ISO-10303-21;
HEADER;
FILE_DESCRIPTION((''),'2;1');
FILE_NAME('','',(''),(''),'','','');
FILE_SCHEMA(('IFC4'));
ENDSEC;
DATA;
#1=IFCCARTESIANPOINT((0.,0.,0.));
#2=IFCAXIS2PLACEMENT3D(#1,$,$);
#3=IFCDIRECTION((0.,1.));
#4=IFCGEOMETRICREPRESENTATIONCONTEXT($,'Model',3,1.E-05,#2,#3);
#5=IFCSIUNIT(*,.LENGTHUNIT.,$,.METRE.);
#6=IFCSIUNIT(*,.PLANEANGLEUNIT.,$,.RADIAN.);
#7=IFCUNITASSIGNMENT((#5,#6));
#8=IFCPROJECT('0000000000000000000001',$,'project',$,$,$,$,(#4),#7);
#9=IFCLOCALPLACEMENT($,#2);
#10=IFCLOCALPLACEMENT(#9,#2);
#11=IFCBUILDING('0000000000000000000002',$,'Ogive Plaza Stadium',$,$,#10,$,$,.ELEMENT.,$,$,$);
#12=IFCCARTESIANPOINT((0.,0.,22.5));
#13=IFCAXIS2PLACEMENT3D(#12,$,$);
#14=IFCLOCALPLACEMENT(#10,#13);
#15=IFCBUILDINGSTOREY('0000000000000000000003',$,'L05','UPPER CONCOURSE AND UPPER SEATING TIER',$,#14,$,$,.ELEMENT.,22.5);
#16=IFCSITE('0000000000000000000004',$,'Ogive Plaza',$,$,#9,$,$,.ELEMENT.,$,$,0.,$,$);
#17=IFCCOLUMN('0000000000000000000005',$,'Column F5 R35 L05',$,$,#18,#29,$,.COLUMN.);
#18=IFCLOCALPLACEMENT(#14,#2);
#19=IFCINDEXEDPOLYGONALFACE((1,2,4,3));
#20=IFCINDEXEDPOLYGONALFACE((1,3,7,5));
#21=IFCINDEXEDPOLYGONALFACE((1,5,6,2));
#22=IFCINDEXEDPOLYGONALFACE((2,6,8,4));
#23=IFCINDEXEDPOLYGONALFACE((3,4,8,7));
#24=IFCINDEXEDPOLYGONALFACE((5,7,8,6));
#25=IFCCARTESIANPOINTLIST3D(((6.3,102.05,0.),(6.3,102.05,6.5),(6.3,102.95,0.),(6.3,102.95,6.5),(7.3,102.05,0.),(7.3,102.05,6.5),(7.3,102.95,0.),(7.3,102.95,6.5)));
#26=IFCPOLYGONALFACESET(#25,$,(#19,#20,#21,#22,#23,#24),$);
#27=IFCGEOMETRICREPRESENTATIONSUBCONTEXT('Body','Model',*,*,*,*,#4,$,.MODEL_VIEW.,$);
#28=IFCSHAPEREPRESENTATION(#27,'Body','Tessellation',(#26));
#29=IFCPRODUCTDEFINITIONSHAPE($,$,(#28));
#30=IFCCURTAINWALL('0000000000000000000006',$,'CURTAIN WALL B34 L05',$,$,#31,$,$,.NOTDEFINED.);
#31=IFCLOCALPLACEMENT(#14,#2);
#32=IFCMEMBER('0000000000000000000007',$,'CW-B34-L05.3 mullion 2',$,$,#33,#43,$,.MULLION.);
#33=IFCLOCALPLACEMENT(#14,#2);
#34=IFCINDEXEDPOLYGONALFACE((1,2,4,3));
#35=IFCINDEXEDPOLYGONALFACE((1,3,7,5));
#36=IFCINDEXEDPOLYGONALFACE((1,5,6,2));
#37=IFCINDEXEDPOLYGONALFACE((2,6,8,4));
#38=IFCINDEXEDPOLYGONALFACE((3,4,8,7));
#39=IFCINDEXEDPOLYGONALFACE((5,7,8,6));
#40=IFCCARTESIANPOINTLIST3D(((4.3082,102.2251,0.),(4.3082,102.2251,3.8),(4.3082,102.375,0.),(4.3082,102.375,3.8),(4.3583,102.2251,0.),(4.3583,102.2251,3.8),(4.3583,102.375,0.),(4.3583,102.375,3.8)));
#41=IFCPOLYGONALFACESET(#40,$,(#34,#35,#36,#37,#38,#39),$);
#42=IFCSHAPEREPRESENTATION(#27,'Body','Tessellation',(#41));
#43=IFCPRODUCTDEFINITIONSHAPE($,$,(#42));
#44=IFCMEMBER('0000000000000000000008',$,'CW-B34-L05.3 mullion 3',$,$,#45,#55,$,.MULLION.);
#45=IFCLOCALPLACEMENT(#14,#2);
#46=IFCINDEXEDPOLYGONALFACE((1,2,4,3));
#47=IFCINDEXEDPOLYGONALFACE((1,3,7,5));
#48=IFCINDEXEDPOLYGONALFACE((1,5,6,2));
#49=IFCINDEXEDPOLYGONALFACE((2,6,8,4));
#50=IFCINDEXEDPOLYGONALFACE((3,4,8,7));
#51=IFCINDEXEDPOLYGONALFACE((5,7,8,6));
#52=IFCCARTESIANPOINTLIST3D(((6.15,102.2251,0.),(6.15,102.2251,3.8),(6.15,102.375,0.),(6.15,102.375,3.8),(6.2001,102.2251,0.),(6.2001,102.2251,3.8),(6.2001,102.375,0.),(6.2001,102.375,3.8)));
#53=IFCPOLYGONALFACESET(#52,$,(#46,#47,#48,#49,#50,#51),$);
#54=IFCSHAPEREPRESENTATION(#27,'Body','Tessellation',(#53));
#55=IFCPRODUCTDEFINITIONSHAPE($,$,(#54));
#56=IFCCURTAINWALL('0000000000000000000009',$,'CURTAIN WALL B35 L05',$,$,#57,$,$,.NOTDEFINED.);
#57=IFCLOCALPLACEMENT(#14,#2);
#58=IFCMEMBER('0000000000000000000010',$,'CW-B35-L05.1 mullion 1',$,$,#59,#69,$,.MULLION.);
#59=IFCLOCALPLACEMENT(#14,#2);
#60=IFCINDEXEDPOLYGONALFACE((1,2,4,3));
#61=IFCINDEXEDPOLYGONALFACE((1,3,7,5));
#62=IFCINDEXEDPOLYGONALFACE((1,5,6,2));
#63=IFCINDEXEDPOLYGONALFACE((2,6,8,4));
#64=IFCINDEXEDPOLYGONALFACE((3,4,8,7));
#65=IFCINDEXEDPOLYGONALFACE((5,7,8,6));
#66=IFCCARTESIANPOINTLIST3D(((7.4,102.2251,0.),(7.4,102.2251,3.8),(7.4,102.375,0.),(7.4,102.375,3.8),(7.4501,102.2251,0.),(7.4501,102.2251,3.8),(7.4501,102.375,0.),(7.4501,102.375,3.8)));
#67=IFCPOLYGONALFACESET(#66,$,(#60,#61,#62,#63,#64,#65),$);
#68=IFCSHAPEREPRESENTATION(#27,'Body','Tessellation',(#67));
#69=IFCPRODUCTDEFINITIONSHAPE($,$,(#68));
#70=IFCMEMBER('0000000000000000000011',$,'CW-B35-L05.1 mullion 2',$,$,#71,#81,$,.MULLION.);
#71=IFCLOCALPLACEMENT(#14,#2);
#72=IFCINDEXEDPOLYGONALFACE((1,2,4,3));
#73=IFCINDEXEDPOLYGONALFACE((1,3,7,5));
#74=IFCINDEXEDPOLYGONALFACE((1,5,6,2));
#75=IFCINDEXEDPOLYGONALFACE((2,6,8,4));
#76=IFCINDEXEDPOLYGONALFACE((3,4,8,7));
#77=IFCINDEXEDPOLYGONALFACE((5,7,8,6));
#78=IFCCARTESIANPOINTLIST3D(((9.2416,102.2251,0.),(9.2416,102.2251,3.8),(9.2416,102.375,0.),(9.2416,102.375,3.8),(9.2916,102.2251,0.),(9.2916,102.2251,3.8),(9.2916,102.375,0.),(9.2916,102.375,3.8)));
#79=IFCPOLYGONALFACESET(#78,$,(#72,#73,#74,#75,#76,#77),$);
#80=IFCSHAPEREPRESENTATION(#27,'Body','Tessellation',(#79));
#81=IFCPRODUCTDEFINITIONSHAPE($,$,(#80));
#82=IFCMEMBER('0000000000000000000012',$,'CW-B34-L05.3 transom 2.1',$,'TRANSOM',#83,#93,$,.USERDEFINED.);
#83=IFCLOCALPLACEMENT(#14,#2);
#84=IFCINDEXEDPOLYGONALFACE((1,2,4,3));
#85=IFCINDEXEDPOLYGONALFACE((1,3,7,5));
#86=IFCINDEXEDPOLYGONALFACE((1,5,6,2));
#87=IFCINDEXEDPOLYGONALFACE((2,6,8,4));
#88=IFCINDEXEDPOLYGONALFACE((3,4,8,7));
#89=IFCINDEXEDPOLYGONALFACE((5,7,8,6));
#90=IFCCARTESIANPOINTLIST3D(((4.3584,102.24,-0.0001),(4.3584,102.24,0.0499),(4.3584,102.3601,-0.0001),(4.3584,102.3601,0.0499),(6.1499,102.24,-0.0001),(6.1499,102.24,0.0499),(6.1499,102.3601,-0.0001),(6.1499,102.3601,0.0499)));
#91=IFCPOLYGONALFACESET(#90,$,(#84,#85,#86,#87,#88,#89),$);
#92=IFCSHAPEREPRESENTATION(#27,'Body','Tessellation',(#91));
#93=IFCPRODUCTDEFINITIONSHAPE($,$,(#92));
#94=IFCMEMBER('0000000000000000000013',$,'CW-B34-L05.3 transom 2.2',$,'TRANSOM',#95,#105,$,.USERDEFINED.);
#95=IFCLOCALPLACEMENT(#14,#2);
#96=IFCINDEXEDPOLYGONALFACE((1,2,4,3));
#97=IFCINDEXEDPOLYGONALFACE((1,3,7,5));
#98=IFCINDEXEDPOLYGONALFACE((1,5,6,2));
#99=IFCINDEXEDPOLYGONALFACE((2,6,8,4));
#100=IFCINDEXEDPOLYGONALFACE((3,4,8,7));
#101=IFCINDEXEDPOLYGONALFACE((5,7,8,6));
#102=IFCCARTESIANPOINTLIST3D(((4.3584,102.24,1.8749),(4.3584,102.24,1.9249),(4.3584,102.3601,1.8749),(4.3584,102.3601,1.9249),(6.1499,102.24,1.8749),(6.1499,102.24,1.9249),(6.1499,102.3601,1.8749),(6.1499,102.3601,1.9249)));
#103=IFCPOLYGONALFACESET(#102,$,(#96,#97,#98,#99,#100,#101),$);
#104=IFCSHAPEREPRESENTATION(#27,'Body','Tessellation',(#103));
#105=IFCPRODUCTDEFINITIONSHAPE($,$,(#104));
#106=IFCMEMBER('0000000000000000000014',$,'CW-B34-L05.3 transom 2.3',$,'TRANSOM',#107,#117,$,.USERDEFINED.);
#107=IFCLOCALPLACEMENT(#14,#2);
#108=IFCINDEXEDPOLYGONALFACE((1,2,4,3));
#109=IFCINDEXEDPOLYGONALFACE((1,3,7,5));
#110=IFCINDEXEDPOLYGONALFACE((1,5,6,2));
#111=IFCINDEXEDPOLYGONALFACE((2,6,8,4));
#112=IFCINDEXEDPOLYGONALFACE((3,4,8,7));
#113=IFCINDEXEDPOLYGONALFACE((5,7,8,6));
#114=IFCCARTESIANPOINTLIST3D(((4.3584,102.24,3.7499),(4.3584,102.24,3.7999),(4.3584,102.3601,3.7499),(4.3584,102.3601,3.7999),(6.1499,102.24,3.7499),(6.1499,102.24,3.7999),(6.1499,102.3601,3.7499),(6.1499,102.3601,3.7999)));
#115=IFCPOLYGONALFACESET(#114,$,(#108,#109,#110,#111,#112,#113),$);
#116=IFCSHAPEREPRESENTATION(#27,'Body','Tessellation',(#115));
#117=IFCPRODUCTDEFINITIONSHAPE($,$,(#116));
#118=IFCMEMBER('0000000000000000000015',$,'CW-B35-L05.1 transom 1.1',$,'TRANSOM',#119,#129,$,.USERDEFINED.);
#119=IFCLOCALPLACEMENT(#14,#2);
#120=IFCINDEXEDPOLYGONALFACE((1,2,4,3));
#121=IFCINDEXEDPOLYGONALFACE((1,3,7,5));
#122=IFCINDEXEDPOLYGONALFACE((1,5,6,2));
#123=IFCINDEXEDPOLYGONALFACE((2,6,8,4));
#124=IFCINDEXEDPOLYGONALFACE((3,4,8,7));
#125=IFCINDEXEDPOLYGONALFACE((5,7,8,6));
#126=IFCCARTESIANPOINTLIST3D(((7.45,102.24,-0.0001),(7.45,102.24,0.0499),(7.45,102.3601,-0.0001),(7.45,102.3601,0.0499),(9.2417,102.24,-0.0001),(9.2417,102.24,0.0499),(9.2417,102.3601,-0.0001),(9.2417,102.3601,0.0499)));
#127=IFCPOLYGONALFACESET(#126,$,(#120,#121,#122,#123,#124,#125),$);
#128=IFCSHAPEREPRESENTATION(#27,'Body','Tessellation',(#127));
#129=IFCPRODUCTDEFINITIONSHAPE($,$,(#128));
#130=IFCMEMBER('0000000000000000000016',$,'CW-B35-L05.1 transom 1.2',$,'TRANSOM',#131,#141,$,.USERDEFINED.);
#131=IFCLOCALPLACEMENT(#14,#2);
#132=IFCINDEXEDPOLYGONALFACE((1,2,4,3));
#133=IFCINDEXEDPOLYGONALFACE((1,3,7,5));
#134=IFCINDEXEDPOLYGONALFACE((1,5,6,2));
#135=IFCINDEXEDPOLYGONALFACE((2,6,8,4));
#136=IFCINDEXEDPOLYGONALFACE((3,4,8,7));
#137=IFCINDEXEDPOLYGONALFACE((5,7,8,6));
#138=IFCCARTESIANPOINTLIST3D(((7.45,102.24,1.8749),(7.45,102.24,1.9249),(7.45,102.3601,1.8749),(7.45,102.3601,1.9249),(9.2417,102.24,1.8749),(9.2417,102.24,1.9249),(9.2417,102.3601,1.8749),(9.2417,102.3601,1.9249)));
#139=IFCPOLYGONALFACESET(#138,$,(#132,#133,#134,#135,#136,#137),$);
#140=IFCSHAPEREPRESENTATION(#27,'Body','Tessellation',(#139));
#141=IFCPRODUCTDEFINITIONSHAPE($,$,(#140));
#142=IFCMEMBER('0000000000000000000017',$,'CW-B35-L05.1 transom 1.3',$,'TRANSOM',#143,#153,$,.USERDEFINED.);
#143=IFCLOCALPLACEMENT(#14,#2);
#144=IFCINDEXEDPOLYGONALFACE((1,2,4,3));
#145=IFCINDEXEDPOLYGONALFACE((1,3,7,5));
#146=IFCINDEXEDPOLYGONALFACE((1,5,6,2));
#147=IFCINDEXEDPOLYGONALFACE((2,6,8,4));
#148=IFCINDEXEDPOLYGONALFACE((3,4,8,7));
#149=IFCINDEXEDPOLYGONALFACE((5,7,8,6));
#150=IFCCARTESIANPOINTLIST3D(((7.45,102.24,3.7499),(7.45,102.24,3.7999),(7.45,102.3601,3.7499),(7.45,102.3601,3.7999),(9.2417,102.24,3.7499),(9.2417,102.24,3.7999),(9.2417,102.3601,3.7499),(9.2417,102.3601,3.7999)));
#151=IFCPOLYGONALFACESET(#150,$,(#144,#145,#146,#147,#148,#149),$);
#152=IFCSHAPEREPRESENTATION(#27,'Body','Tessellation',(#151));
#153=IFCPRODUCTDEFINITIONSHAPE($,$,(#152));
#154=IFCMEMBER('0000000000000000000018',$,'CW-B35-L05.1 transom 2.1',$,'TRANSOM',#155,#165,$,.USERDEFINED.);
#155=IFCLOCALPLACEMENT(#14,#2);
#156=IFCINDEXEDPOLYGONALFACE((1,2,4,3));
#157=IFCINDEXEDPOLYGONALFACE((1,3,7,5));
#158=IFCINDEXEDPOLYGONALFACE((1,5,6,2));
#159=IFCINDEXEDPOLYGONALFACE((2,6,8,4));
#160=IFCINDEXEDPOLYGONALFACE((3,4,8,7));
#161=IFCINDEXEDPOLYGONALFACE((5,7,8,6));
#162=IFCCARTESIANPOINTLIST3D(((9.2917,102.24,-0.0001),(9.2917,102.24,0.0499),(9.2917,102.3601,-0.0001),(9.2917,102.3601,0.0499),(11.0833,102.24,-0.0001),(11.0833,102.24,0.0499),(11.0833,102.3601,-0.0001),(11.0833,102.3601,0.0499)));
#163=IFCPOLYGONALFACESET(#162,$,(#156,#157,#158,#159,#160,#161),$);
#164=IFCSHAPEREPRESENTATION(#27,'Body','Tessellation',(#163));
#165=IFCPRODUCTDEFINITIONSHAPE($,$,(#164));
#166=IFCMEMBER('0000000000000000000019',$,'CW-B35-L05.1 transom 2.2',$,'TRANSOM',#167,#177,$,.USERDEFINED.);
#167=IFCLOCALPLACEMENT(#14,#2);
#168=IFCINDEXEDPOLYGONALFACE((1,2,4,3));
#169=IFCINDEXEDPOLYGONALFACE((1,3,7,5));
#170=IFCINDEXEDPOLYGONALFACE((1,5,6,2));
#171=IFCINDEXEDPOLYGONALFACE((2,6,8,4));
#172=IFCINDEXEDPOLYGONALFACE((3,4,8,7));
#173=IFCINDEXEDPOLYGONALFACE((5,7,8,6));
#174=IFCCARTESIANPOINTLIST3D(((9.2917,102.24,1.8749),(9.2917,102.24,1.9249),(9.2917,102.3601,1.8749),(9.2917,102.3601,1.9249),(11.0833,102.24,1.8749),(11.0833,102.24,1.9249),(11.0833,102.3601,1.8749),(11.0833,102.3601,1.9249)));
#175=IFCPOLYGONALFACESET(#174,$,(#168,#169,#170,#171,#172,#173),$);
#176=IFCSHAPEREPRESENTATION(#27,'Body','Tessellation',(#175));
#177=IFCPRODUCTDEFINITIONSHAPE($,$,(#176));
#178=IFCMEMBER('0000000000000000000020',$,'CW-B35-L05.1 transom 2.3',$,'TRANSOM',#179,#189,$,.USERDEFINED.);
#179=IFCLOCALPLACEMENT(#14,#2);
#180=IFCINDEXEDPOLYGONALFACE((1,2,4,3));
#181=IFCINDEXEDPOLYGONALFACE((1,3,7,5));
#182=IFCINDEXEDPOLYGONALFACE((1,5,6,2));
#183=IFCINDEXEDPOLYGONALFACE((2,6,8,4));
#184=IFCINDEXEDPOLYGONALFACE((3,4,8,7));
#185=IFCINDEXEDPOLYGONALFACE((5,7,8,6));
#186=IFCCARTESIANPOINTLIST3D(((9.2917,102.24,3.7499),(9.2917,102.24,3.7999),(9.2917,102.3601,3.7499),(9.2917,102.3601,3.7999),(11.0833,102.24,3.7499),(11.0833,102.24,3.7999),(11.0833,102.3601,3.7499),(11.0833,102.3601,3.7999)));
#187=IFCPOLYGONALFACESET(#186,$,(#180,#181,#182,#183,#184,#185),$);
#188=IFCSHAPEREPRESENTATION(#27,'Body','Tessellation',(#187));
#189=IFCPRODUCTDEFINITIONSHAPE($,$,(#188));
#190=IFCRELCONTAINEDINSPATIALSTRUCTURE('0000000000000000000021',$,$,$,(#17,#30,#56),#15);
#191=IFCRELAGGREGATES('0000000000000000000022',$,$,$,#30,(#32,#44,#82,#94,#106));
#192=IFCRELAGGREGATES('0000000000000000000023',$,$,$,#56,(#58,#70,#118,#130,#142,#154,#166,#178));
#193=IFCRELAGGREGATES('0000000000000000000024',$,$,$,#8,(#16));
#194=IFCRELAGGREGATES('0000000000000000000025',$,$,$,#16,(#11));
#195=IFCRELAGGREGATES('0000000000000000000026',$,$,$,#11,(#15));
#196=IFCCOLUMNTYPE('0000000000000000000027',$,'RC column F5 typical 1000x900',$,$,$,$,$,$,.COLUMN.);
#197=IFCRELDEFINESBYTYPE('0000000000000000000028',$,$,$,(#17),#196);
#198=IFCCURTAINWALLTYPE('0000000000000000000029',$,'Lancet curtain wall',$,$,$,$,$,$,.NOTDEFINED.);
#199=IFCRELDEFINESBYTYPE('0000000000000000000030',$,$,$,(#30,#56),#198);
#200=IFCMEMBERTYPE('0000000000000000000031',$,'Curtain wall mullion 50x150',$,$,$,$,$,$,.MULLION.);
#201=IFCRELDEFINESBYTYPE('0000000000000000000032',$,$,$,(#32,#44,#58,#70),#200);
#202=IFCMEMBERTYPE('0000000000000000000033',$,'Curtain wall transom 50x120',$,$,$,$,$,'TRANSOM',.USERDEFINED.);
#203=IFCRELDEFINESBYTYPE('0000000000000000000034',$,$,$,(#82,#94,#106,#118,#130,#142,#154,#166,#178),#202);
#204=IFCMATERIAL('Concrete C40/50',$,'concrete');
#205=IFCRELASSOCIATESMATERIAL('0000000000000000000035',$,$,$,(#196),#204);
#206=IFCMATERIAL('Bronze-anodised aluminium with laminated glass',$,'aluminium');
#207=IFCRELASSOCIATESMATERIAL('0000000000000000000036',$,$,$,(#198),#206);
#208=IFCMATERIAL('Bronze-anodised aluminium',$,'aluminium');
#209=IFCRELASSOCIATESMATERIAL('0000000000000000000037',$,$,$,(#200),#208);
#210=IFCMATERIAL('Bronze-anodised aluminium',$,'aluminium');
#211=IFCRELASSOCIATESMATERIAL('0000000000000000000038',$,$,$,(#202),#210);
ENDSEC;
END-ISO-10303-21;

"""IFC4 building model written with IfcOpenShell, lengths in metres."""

from ifc_helpers import new_model, si_unit, direction, frame, origin, origin_2d, place, context, subcontext, project, spatial, rectangle, extrude, material, material_profile, profile_set, type_object, element, aggregate, save


model = new_model("IFC4")

# Units and contexts
model_context = context("Model", 3, precision=1e-05, world=origin(), true_north=direction((0.0, 1.0)))
body_context = subcontext(model_context, "Body", "Model", "MODEL_VIEW")
ifc_project = project(units=[si_unit("LENGTHUNIT", "METRE"), si_unit("PLANEANGLEUNIT", "RADIAN")], contexts=[model_context])

# Site, building, storey
site_placement = place(None, origin())
site = spatial("IfcSite", under=ifc_project, at=site_placement, Name="Ogive Plaza", CompositionType="ELEMENT", RefElevation=0.0)
building_placement = place(site_placement, origin())
building = spatial("IfcBuilding", under=site, at=building_placement, Name="Ogive Plaza Stadium", CompositionType="ELEMENT")
storey_placement = place(building_placement, frame((0.0, 0.0, 22.5)))
storey = spatial("IfcBuildingStorey", under=building, at=storey_placement, Name="L05", Description="UPPER CONCOURSE AND UPPER SEATING TIER", CompositionType="ELEMENT", Elevation=22.5)

# Column
ifc_material_1 = material(Name="Concrete C40/50", Category="concrete")
ifc_material_profile_1 = material_profile(ifc_material_1, rectangle(XDim=1.0, YDim=0.8999, at=origin_2d()), Name="RC 1000x900")
ifc_profile_set_1 = profile_set([ifc_material_profile_1], Name="Concrete C40/50")
column_type = type_object("IfcColumnType", Name="RC column F5 typical 1000x900", PredefinedType="COLUMN", material=ifc_profile_set_1)
column_placement = place(storey_placement, frame((6.8, 102.5, 0.0), z_axis=(0.0, 0.0, 1.0), x_axis=(-1.0, 0.0, 0.0)))
element("IfcColumn", 1, at=column_placement, inside=storey, type_object=column_type, Name="Column F5 R35 L05", PredefinedType="COLUMN", context=body_context, shape_type="SweptSolid", body=[
    extrude(rectangle(XDim=1.0, YDim=0.8999, at=origin_2d()), origin(), (0.0, 0.0, 1.0), 6.5),
])

# Curtain walls, members
ifc_material_2 = material(Name="Bronze-anodised aluminium with laminated glass", Category="aluminium")
curtain_wall_type = type_object("IfcCurtainWallType", Name="Lancet curtain wall", PredefinedType="NOTDEFINED", material=ifc_material_2)
curtain_wall_1_placement = place(storey_placement, origin())
curtain_wall_1 = element("IfcCurtainWall", 2, at=curtain_wall_1_placement, inside=storey, type_object=curtain_wall_type, Name="CURTAIN WALL B34 L05", PredefinedType="NOTDEFINED")
ifc_material_3 = material(Name="Bronze-anodised aluminium", Category="aluminium")
ifc_material_profile_2 = material_profile(ifc_material_3, rectangle(XDim=0.1499, YDim=0.05, at=origin_2d()), Name="AL 150x50")
ifc_profile_set_2 = profile_set([ifc_material_profile_2], Name="Bronze-anodised aluminium")
member_type_1 = type_object("IfcMemberType", Name="Curtain wall mullion 50x150", PredefinedType="MULLION", material=ifc_profile_set_2)
member_1_placement = place(storey_placement, frame((4.3333, 102.3, 0.0), z_axis=(0.0, 0.0, 1.0), x_axis=(0.0, 1.0, 0.0)))
member_1 = element("IfcMember", 3, at=member_1_placement, type_object=member_type_1, Name="CW-B34-L05.3 mullion 2", PredefinedType="MULLION", context=body_context, shape_type="SweptSolid", body=[
    extrude(rectangle(XDim=0.1499, YDim=0.05, at=origin_2d()), origin(), (0.0, 0.0, 1.0), 3.8),
])
member_2_placement = place(storey_placement, frame((6.175, 102.3, 0.0), z_axis=(0.0, 0.0, 1.0), x_axis=(0.0, 1.0, 0.0)))
member_2 = element("IfcMember", 4, at=member_2_placement, type_object=member_type_1, Name="CW-B34-L05.3 mullion 3", PredefinedType="MULLION", context=body_context, shape_type="SweptSolid", body=[
    extrude(rectangle(XDim=0.1499, YDim=0.05, at=origin_2d()), origin(), (0.0, 0.0, 1.0), 3.8),
])
curtain_wall_2_placement = place(storey_placement, origin())
curtain_wall_2 = element("IfcCurtainWall", 5, at=curtain_wall_2_placement, inside=storey, type_object=curtain_wall_type, Name="CURTAIN WALL B35 L05", PredefinedType="NOTDEFINED")
member_3_placement = place(storey_placement, frame((7.425, 102.3, 0.0), z_axis=(0.0, 0.0, 1.0), x_axis=(0.0, 1.0, 0.0)))
member_3 = element("IfcMember", 6, at=member_3_placement, type_object=member_type_1, Name="CW-B35-L05.1 mullion 1", PredefinedType="MULLION", context=body_context, shape_type="SweptSolid", body=[
    extrude(rectangle(XDim=0.1499, YDim=0.05, at=origin_2d()), origin(), (0.0, 0.0, 1.0), 3.8),
])
member_4_placement = place(storey_placement, frame((9.2666, 102.3, 0.0), z_axis=(0.0, 0.0, 1.0), x_axis=(0.0, 1.0, 0.0)))
member_4 = element("IfcMember", 7, at=member_4_placement, type_object=member_type_1, Name="CW-B35-L05.1 mullion 2", PredefinedType="MULLION", context=body_context, shape_type="SweptSolid", body=[
    extrude(rectangle(XDim=0.1499, YDim=0.05, at=origin_2d()), origin(), (0.0, 0.0, 1.0), 3.8),
])

# Members
ifc_material_4 = material(Name="Bronze-anodised aluminium", Category="aluminium")
ifc_material_profile_3 = material_profile(ifc_material_4, rectangle(XDim=0.1201, YDim=0.05, at=origin_2d()), Name="AL 120x50")
ifc_profile_set_3 = profile_set([ifc_material_profile_3], Name="Bronze-anodised aluminium")
member_type_2 = type_object("IfcMemberType", Name="Curtain wall transom 50x120", ElementType="TRANSOM", PredefinedType="USERDEFINED", material=ifc_profile_set_3)
member_5_placement = place(storey_placement, frame((4.3584, 102.3, 0.0249), z_axis=(1.0, 0.0, 0.0), x_axis=(0.0, 1.0, 0.0)))
member_5 = element("IfcMember", 8, at=member_5_placement, type_object=member_type_2, Name="CW-B34-L05.3 transom 2.1", ObjectType="TRANSOM", PredefinedType="USERDEFINED", context=body_context, shape_type="SweptSolid", body=[
    extrude(rectangle(XDim=0.1201, YDim=0.05, at=origin_2d()), origin(), (0.0, 0.0, 1.0), 1.7915),
])
member_6_placement = place(storey_placement, frame((4.3584, 102.3, 1.8999), z_axis=(1.0, 0.0, 0.0), x_axis=(0.0, 1.0, 0.0)))
member_6 = element("IfcMember", 9, at=member_6_placement, type_object=member_type_2, Name="CW-B34-L05.3 transom 2.2", ObjectType="TRANSOM", PredefinedType="USERDEFINED", context=body_context, shape_type="SweptSolid", body=[
    extrude(rectangle(XDim=0.1201, YDim=0.05, at=origin_2d()), origin(), (0.0, 0.0, 1.0), 1.7915),
])
member_7_placement = place(storey_placement, frame((4.3584, 102.3, 3.7749), z_axis=(1.0, 0.0, 0.0), x_axis=(0.0, 1.0, 0.0)))
member_7 = element("IfcMember", 10, at=member_7_placement, type_object=member_type_2, Name="CW-B34-L05.3 transom 2.3", ObjectType="TRANSOM", PredefinedType="USERDEFINED", context=body_context, shape_type="SweptSolid", body=[
    extrude(rectangle(XDim=0.1201, YDim=0.05, at=origin_2d()), origin(), (0.0, 0.0, 1.0), 1.7915),
])
member_8_placement = place(storey_placement, frame((7.45, 102.3, 0.0249), z_axis=(1.0, 0.0, 0.0), x_axis=(0.0, 1.0, 0.0)))
member_8 = element("IfcMember", 11, at=member_8_placement, type_object=member_type_2, Name="CW-B35-L05.1 transom 1.1", ObjectType="TRANSOM", PredefinedType="USERDEFINED", context=body_context, shape_type="SweptSolid", body=[
    extrude(rectangle(XDim=0.1201, YDim=0.05, at=origin_2d()), origin(), (0.0, 0.0, 1.0), 1.7917),
])
member_9_placement = place(storey_placement, frame((7.45, 102.3, 1.8999), z_axis=(1.0, 0.0, 0.0), x_axis=(0.0, 1.0, 0.0)))
member_9 = element("IfcMember", 12, at=member_9_placement, type_object=member_type_2, Name="CW-B35-L05.1 transom 1.2", ObjectType="TRANSOM", PredefinedType="USERDEFINED", context=body_context, shape_type="SweptSolid", body=[
    extrude(rectangle(XDim=0.1201, YDim=0.05, at=origin_2d()), origin(), (0.0, 0.0, 1.0), 1.7917),
])
member_10_placement = place(storey_placement, frame((7.45, 102.3, 3.7749), z_axis=(1.0, 0.0, 0.0), x_axis=(0.0, 1.0, 0.0)))
member_10 = element("IfcMember", 13, at=member_10_placement, type_object=member_type_2, Name="CW-B35-L05.1 transom 1.3", ObjectType="TRANSOM", PredefinedType="USERDEFINED", context=body_context, shape_type="SweptSolid", body=[
    extrude(rectangle(XDim=0.1201, YDim=0.05, at=origin_2d()), origin(), (0.0, 0.0, 1.0), 1.7917),
])
member_11_placement = place(storey_placement, frame((9.2917, 102.3, 0.0249), z_axis=(1.0, 0.0, 0.0), x_axis=(0.0, 1.0, 0.0)))
member_11 = element("IfcMember", 14, at=member_11_placement, type_object=member_type_2, Name="CW-B35-L05.1 transom 2.1", ObjectType="TRANSOM", PredefinedType="USERDEFINED", context=body_context, shape_type="SweptSolid", body=[
    extrude(rectangle(XDim=0.1201, YDim=0.05, at=origin_2d()), origin(), (0.0, 0.0, 1.0), 1.7915),
])
member_12_placement = place(storey_placement, frame((9.2917, 102.3, 1.8999), z_axis=(1.0, 0.0, 0.0), x_axis=(0.0, 1.0, 0.0)))
member_12 = element("IfcMember", 15, at=member_12_placement, type_object=member_type_2, Name="CW-B35-L05.1 transom 2.2", ObjectType="TRANSOM", PredefinedType="USERDEFINED", context=body_context, shape_type="SweptSolid", body=[
    extrude(rectangle(XDim=0.1201, YDim=0.05, at=origin_2d()), origin(), (0.0, 0.0, 1.0), 1.7915),
])
member_13_placement = place(storey_placement, frame((9.2917, 102.3, 3.7749), z_axis=(1.0, 0.0, 0.0), x_axis=(0.0, 1.0, 0.0)))
member_13 = element("IfcMember", 16, at=member_13_placement, type_object=member_type_2, Name="CW-B35-L05.1 transom 2.3", ObjectType="TRANSOM", PredefinedType="USERDEFINED", context=body_context, shape_type="SweptSolid", body=[
    extrude(rectangle(XDim=0.1201, YDim=0.05, at=origin_2d()), origin(), (0.0, 0.0, 1.0), 1.7915),
])

aggregate(curtain_wall_1, [member_1, member_2, member_5, member_6, member_7])
aggregate(curtain_wall_2, [member_3, member_4, member_8, member_9, member_10, member_11, member_12, member_13])

save(model, "model.ifc")
